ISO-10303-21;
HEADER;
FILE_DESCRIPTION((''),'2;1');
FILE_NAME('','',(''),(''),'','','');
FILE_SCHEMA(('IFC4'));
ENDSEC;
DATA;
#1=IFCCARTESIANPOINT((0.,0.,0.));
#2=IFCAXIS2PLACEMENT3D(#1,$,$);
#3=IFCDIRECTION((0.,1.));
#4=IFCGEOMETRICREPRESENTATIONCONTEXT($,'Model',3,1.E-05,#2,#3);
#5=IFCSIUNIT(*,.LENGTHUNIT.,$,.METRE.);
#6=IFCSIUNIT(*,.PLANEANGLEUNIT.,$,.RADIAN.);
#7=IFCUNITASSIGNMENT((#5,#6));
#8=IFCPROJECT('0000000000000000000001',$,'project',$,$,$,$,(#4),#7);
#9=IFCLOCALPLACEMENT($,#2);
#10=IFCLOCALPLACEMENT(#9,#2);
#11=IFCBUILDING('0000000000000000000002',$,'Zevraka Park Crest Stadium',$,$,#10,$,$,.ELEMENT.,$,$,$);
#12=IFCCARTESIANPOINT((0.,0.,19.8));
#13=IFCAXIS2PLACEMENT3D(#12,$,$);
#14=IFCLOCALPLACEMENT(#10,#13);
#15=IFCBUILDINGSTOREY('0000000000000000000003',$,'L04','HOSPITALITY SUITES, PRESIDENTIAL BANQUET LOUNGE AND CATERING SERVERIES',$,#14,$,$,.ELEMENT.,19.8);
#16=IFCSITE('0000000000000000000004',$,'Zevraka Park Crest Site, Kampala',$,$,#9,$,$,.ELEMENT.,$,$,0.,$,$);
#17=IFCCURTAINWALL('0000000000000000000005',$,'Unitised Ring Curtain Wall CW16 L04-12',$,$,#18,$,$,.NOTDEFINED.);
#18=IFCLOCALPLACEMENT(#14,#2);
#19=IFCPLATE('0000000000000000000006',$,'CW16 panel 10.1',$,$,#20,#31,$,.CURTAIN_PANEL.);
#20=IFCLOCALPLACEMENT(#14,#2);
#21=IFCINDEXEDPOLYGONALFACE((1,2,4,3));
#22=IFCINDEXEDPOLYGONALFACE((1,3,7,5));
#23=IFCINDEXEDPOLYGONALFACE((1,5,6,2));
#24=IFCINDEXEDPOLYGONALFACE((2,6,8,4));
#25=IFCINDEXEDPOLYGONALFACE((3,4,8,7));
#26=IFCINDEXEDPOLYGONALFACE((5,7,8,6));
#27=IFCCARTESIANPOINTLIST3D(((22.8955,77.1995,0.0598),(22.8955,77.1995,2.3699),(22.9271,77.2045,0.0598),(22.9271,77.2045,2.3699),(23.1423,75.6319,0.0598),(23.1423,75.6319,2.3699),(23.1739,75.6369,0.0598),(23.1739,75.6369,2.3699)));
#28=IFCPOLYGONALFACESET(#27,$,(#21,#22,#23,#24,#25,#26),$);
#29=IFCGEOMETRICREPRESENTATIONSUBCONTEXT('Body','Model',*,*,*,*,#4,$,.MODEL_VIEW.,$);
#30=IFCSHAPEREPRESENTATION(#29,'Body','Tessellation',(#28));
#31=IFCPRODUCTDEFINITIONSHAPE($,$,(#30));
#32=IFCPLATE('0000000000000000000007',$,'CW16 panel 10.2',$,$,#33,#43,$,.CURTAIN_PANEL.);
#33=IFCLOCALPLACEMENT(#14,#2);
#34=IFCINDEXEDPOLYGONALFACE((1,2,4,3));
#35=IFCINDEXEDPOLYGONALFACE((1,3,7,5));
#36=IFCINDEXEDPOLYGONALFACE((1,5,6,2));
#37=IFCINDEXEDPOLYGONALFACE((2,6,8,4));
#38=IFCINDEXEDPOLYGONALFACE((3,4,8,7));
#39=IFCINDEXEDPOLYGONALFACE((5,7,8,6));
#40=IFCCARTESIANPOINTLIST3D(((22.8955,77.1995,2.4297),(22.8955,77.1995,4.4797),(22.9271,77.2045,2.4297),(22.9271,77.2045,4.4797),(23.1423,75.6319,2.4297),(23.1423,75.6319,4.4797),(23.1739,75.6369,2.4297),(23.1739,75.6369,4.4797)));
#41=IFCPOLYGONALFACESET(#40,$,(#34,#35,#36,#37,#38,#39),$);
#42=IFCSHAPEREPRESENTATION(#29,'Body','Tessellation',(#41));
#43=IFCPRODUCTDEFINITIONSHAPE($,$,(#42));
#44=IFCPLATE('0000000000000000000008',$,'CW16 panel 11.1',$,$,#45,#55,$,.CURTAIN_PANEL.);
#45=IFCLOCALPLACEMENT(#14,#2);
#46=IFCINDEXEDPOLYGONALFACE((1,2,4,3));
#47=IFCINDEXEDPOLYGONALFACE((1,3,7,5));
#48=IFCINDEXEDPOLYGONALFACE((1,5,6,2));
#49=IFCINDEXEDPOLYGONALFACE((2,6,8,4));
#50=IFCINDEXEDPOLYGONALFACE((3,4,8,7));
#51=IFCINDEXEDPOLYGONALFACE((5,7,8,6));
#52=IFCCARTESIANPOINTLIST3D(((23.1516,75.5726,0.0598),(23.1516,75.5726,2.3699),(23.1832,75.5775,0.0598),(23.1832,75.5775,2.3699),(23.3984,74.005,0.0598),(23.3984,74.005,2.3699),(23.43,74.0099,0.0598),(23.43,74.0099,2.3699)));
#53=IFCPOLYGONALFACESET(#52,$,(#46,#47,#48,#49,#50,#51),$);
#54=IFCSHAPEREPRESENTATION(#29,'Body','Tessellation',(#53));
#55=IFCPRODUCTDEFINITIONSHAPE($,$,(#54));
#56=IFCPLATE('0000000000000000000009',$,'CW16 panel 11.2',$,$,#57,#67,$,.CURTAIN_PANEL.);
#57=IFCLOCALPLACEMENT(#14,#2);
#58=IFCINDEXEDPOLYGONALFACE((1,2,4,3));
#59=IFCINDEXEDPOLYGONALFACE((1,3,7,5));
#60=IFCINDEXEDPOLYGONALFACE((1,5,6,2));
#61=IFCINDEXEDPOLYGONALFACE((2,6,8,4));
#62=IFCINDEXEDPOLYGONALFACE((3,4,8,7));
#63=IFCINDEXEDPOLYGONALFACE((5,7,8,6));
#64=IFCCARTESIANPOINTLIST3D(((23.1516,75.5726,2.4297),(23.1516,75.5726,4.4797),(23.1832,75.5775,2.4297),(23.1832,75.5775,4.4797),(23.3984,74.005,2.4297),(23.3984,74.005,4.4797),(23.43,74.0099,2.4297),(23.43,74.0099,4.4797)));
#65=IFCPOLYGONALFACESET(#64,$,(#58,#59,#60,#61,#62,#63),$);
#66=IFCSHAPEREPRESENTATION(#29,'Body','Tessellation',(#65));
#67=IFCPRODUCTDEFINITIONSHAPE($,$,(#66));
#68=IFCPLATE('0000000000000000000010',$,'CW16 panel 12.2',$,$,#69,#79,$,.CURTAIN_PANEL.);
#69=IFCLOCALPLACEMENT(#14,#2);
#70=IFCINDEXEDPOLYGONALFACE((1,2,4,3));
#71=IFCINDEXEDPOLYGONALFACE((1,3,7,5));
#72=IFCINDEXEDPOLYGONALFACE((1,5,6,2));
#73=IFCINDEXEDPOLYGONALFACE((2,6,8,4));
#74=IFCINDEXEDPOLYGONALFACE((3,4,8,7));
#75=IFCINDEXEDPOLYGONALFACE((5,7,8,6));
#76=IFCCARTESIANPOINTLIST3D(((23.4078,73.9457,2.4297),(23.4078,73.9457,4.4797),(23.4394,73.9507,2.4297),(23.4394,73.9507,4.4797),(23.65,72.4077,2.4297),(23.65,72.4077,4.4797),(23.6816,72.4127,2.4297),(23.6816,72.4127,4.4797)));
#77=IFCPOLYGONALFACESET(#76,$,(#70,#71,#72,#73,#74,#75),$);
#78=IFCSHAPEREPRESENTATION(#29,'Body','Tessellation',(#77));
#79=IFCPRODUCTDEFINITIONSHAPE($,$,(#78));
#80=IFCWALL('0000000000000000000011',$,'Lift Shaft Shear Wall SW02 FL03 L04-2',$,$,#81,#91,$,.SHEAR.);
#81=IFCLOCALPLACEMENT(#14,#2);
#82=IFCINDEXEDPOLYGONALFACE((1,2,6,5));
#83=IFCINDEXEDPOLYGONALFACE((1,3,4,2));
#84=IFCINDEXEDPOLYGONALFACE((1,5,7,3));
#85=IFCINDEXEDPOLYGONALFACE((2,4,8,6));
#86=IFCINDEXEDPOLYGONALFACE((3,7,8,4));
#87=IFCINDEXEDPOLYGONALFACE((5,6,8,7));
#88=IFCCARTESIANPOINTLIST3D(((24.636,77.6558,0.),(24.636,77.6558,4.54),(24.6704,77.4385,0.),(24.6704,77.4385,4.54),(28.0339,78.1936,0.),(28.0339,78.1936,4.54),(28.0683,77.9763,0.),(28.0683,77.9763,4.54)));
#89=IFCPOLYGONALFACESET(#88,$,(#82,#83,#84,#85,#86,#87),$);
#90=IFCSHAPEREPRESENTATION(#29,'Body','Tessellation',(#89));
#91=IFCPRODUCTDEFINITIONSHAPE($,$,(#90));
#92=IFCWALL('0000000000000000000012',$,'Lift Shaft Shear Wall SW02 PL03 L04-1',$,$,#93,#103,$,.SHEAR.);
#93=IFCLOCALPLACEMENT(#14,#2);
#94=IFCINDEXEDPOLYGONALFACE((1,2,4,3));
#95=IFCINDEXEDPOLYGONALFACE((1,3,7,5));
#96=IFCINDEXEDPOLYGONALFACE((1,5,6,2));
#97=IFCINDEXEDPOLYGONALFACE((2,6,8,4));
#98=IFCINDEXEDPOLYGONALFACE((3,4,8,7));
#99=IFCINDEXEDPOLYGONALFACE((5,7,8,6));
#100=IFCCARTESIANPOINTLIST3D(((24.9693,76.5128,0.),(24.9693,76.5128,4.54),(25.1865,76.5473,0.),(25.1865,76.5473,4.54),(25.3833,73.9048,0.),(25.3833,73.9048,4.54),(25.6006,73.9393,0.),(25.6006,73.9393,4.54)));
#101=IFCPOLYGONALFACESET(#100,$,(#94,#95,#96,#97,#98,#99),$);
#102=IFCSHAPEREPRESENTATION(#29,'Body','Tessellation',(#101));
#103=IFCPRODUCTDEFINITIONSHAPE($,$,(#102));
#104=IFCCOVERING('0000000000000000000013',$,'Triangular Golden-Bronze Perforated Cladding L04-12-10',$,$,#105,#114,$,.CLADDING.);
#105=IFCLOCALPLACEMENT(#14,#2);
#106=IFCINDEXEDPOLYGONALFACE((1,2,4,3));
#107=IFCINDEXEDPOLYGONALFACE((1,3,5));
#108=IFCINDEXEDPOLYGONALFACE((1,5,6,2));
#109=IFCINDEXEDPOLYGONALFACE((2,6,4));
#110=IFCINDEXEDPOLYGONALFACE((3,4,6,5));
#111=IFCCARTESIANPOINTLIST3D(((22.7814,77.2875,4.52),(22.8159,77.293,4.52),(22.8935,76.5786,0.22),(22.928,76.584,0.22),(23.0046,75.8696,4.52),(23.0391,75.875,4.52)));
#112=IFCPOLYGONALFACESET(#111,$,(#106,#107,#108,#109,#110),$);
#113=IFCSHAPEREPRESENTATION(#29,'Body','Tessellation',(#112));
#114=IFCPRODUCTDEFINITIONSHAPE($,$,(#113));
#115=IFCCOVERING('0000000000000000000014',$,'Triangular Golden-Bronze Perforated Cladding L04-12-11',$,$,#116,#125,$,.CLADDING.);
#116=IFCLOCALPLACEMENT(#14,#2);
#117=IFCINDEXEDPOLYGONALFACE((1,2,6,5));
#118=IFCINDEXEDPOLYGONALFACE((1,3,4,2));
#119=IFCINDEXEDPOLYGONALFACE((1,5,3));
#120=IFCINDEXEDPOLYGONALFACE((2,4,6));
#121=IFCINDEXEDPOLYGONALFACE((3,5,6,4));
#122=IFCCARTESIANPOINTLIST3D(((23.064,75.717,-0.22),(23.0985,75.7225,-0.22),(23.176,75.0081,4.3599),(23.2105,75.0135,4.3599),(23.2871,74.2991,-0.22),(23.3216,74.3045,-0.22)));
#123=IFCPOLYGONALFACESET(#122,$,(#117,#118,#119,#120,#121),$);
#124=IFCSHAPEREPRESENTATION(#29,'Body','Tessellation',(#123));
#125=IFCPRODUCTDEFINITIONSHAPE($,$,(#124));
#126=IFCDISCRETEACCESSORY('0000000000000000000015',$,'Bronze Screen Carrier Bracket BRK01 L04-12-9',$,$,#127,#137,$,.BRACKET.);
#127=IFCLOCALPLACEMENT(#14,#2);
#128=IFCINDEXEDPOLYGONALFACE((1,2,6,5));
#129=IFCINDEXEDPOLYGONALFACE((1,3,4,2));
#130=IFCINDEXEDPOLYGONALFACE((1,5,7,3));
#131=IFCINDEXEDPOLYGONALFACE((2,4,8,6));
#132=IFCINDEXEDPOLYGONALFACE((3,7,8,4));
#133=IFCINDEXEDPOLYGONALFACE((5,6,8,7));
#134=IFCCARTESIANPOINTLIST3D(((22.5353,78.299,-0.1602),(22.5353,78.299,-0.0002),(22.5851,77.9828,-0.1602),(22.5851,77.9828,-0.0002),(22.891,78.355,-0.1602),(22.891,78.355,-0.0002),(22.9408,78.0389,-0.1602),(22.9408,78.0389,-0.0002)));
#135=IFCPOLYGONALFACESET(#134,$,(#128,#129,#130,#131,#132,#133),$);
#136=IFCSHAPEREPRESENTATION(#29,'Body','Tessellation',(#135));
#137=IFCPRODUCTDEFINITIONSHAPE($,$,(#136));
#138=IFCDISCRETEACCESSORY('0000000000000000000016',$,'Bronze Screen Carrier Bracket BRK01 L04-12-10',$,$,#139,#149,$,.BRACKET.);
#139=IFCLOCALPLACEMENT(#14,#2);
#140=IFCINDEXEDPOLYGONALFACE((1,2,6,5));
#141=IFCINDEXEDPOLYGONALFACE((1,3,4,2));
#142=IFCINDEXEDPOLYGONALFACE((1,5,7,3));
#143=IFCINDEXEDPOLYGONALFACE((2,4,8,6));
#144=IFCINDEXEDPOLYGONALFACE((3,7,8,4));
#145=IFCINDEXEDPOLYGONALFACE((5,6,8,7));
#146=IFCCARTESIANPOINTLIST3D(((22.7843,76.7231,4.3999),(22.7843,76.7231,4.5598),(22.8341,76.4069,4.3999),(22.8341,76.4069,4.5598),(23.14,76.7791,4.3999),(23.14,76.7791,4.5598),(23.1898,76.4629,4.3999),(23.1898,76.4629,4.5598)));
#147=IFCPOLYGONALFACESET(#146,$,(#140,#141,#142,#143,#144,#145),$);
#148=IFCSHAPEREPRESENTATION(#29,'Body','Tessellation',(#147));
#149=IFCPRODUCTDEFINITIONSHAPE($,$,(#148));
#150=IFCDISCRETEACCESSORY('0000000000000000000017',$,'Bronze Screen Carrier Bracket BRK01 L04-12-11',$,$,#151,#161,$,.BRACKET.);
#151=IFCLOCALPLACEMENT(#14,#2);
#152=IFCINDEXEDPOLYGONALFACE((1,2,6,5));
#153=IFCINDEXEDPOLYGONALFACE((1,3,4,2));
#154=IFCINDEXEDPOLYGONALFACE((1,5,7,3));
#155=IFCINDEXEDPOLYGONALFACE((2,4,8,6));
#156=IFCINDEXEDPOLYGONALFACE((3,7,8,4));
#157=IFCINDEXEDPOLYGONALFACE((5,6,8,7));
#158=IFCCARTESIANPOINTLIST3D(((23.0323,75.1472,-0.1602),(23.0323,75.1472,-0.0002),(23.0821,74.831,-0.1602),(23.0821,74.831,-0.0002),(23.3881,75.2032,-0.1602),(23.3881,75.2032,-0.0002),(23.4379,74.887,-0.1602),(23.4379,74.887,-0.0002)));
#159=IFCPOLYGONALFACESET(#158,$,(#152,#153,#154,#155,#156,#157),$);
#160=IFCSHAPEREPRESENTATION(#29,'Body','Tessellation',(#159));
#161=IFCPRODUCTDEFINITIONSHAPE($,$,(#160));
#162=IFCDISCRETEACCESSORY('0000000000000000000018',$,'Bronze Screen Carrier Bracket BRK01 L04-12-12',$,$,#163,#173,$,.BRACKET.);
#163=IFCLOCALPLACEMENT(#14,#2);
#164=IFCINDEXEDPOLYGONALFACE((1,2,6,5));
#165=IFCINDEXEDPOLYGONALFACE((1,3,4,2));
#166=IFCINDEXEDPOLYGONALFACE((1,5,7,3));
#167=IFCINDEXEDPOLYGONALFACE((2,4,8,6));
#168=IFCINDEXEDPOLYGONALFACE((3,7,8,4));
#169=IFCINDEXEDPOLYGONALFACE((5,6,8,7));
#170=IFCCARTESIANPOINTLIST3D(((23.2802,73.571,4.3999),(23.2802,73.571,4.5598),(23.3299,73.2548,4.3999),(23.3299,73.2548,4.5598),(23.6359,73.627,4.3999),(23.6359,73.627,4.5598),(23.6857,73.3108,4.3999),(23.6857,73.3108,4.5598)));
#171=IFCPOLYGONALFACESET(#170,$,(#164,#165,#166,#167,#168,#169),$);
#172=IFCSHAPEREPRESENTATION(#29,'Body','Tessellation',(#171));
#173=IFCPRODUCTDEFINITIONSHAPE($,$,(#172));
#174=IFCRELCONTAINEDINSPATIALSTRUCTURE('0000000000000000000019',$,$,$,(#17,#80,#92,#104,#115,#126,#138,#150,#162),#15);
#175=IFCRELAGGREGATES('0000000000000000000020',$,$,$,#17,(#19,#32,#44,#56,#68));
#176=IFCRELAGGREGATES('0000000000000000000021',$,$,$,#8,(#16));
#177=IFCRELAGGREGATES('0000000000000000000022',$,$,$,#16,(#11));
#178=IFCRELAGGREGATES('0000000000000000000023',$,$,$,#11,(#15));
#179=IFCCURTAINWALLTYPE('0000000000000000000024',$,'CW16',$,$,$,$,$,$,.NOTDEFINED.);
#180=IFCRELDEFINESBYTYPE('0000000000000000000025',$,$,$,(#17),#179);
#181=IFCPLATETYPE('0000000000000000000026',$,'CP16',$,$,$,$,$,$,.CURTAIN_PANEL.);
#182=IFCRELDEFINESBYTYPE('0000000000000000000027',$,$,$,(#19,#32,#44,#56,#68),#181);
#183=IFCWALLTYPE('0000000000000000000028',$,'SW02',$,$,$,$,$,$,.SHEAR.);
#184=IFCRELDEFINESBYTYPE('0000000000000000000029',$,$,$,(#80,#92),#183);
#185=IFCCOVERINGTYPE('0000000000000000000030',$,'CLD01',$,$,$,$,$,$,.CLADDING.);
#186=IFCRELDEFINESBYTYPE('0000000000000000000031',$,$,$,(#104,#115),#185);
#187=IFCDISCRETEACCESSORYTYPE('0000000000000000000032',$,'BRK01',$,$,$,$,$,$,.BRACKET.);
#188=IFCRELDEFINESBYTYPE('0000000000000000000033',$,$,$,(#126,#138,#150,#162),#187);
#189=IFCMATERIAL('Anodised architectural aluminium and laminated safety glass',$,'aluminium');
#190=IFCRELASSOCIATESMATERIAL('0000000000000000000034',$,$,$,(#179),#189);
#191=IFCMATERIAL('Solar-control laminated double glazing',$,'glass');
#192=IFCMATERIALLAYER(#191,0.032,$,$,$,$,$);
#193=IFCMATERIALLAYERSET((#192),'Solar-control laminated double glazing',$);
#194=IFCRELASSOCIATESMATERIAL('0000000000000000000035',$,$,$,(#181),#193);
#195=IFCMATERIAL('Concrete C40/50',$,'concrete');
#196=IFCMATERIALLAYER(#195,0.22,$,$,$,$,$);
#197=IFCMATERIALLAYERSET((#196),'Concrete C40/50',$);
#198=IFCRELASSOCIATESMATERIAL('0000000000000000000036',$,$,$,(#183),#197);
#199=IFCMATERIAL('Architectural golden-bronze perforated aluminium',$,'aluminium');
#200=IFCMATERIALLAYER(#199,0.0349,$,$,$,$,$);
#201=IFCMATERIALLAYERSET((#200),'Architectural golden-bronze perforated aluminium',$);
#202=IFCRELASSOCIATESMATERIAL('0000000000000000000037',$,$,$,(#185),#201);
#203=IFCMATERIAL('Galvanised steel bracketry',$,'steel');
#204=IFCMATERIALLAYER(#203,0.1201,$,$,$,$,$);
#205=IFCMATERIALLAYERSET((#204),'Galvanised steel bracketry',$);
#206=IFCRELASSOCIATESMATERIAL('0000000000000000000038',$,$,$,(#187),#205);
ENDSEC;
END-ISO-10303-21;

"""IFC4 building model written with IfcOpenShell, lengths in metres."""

from ifc_helpers import new_model, si_unit, direction, frame, frame_2d, origin, origin_2d, place, context, subcontext, project, spatial, polyline, rectangle, outline, extrude, material, layer, layer_set, type_object, element, aggregate, save


model = new_model("IFC4")

# Units and contexts
model_context = context("Model", 3, precision=1e-05, world=origin(), true_north=direction((0.0, 1.0)))
body_context = subcontext(model_context, "Body", "Model", "MODEL_VIEW")
ifc_project = project(units=[si_unit("LENGTHUNIT", "METRE"), si_unit("PLANEANGLEUNIT", "RADIAN")], contexts=[model_context])

# Site, building, storey
site_placement = place(None, origin())
site = spatial("IfcSite", under=ifc_project, at=site_placement, Name="Zevraka Park Crest Site, Kampala", CompositionType="ELEMENT", RefElevation=0.0)
building_placement = place(site_placement, origin())
building = spatial("IfcBuilding", under=site, at=building_placement, Name="Zevraka Park Crest Stadium", CompositionType="ELEMENT")
storey_placement = place(building_placement, frame((0.0, 0.0, 19.8)))
storey = spatial("IfcBuildingStorey", under=building, at=storey_placement, Name="L04", Description="HOSPITALITY SUITES, PRESIDENTIAL BANQUET LOUNGE AND CATERING SERVERIES", CompositionType="ELEMENT", Elevation=19.8)

# Curtain wall, plates
ifc_material_1 = material(Name="Anodised architectural aluminium and laminated safety glass", Category="aluminium")
curtain_wall_type = type_object("IfcCurtainWallType", Name="CW16", PredefinedType="NOTDEFINED", material=ifc_material_1)
curtain_wall_placement = place(storey_placement, origin())
curtain_wall = element("IfcCurtainWall", 1, at=curtain_wall_placement, inside=storey, type_object=curtain_wall_type, Name="Unitised Ring Curtain Wall CW16 L04-12", PredefinedType="NOTDEFINED")
ifc_material_2 = material(Name="Solar-control laminated double glazing", Category="glass")
ifc_layer_1 = layer(ifc_material_2, 0.032)
ifc_layer_set_1 = layer_set([ifc_layer_1], Name="Solar-control laminated double glazing")
plate_type = type_object("IfcPlateType", Name="CP16", PredefinedType="CURTAIN_PANEL", material=ifc_layer_set_1)
plate_1_placement = place(storey_placement, frame((23.0347, 76.4182, 0.0598), z_axis=(0.0, 0.0, 1.0), x_axis=(0.155539, -0.98783, 0.0)))
plate_1 = element("IfcPlate", 2, at=plate_1_placement, type_object=plate_type, Name="CW16 panel 10.1", PredefinedType="CURTAIN_PANEL", context=body_context, shape_type="SweptSolid", body=[
    extrude(rectangle(XDim=1.5869, YDim=0.032, at=origin_2d()), origin(), (0.0, 0.0, 1.0), 2.3101),
])
plate_2_placement = place(storey_placement, frame((23.0347, 76.4182, 2.4297), z_axis=(0.0, 0.0, 1.0), x_axis=(0.155539, -0.98783, 0.0)))
plate_2 = element("IfcPlate", 3, at=plate_2_placement, type_object=plate_type, Name="CW16 panel 10.2", PredefinedType="CURTAIN_PANEL", context=body_context, shape_type="SweptSolid", body=[
    extrude(rectangle(XDim=1.5869, YDim=0.032, at=origin_2d()), origin(), (0.0, 0.0, 1.0), 2.05),
])
plate_3_placement = place(storey_placement, frame((23.2908, 74.7913, 0.0598), z_axis=(0.0, 0.0, 1.0), x_axis=(0.155539, -0.98783, 0.0)))
plate_3 = element("IfcPlate", 4, at=plate_3_placement, type_object=plate_type, Name="CW16 panel 11.1", PredefinedType="CURTAIN_PANEL", context=body_context, shape_type="SweptSolid", body=[
    extrude(rectangle(XDim=1.5869, YDim=0.032, at=origin_2d()), origin(), (0.0, 0.0, 1.0), 2.3101),
])
plate_4_placement = place(storey_placement, frame((23.2908, 74.7913, 2.4297), z_axis=(0.0, 0.0, 1.0), x_axis=(0.155539, -0.98783, 0.0)))
plate_4 = element("IfcPlate", 5, at=plate_4_placement, type_object=plate_type, Name="CW16 panel 11.2", PredefinedType="CURTAIN_PANEL", context=body_context, shape_type="SweptSolid", body=[
    extrude(rectangle(XDim=1.5869, YDim=0.032, at=origin_2d()), origin(), (0.0, 0.0, 1.0), 2.05),
])
plate_5_placement = place(storey_placement, frame((23.5447, 73.1792, 2.4297), z_axis=(0.0, 0.0, 1.0), x_axis=(0.155539, -0.98783, 0.0)))
plate_5 = element("IfcPlate", 6, at=plate_5_placement, type_object=plate_type, Name="CW16 panel 12.2", PredefinedType="CURTAIN_PANEL", context=body_context, shape_type="SweptSolid", body=[
    extrude(rectangle(XDim=1.5569, YDim=0.032, at=origin_2d()), origin(), (0.0, 0.0, 1.0), 2.05),
])
aggregate(curtain_wall, [plate_1, plate_2, plate_3, plate_4, plate_5])

# Walls
ifc_material_3 = material(Name="Concrete C40/50", Category="concrete")
ifc_layer_2 = layer(ifc_material_3, 0.22)
ifc_layer_set_2 = layer_set([ifc_layer_2], Name="Concrete C40/50")
wall_type = type_object("IfcWallType", Name="SW02", PredefinedType="SHEAR", material=ifc_layer_set_2)
wall_1_placement = place(storey_placement, frame((24.6531, 77.5471, 0.0), z_axis=(0.0, 0.0, 1.0), x_axis=(0.987704, 0.156338, 0.0)))
element("IfcWall", 7, at=wall_1_placement, inside=storey, type_object=wall_type, Name="Lift Shaft Shear Wall SW02 FL03 L04-2", PredefinedType="SHEAR", context=body_context, shape_type="SweptSolid", body=[
    extrude(rectangle(XDim=3.4402, YDim=0.22, at=frame_2d((1.7202, 0.0))), origin(), (0.0, 0.0, 1.0), 4.54),
])
wall_2_placement = place(storey_placement, frame((25.0779, 76.53, 0.0), z_axis=(0.0, 0.0, 1.0), x_axis=(0.156808, -0.987629, 0.0)))
element("IfcWall", 8, at=wall_2_placement, inside=storey, type_object=wall_type, Name="Lift Shaft Shear Wall SW02 PL03 L04-1", PredefinedType="SHEAR", context=body_context, shape_type="SweptSolid", body=[
    extrude(rectangle(XDim=2.6406, YDim=0.22, at=frame_2d((1.3203, 0.0))), origin(), (0.0, 0.0, 1.0), 4.54),
])

# Coverings
ifc_material_4 = material(Name="Architectural golden-bronze perforated aluminium", Category="aluminium")
ifc_layer_3 = layer(ifc_material_4, 0.0349)
ifc_layer_set_3 = layer_set([ifc_layer_3], Name="Architectural golden-bronze perforated aluminium")
covering_type = type_object("IfcCoveringType", Name="CLD01", PredefinedType="CLADDING", material=ifc_layer_set_3)
covering_1_placement = place(storey_placement, frame((23.0391, 75.875, 4.52), z_axis=(0.987843, 0.155456, 0.000112), x_axis=(-0.155456, 0.987843, 0.0)))
element("IfcCovering", 9, at=covering_1_placement, inside=storey, type_object=covering_type, Name="Triangular Golden-Bronze Perforated Cladding L04-12-10", PredefinedType="CLADDING", context=body_context, shape_type="SweptSolid", body=[
    extrude(outline(polyline([(0.0, 0.0), (1.4354, 0.0), (0.7176, -4.3), (0.0, 0.0)])), origin(), (0.0, 0.0, -1.0), 0.0349),
])
covering_2_placement = place(storey_placement, frame((23.064, 75.717, -0.22), z_axis=(-0.987843, -0.155456, 0.000105), x_axis=(0.155456, -0.987843, 0.0)))
element("IfcCovering", 10, at=covering_2_placement, inside=storey, type_object=covering_type, Name="Triangular Golden-Bronze Perforated Cladding L04-12-11", PredefinedType="CLADDING", context=body_context, shape_type="SweptSolid", body=[
    extrude(outline(polyline([(0.0, 0.0), (1.4354, 0.0), (0.7178, 4.5798), (0.0, 0.0)])), origin(), (0.0, 0.0, -1.0), 0.0349),
])

# Discrete accessories
ifc_material_5 = material(Name="Galvanised steel bracketry", Category="steel")
ifc_layer_4 = layer(ifc_material_5, 0.1201)
ifc_layer_set_4 = layer_set([ifc_layer_4], Name="Galvanised steel bracketry")
discrete_accessory_type = type_object("IfcDiscreteAccessoryType", Name="BRK01", PredefinedType="BRACKET", material=ifc_layer_set_4)
for number, where, z_axis, x_axis, name in (
    (11, (22.738, 78.1689, -0.1602), (0.0, 0.0, 1.0), (0.155572, -0.987824, 0.0), "Bronze Screen Carrier Bracket BRK01 L04-12-9"),
    (12, (22.9871, 76.593, 4.3999), (0.0, 0.0, 1.0), (0.155572, -0.987824, 0.0), "Bronze Screen Carrier Bracket BRK01 L04-12-10"),
    (13, (23.2351, 75.0171, -0.1602), (0.0, 0.0, 1.0), (0.155572, -0.987824, 0.0), "Bronze Screen Carrier Bracket BRK01 L04-12-11"),
    (14, (23.4829, 73.4409, 4.3999), (0.0, 0.0, 1.0), (0.155572, -0.987824, 0.0), "Bronze Screen Carrier Bracket BRK01 L04-12-12"),
):
    element("IfcDiscreteAccessory", number, at=place(storey_placement, frame(where, z_axis=z_axis, x_axis=x_axis)), inside=storey, type_object=discrete_accessory_type, Name=name, PredefinedType="BRACKET", context=body_context, shape_type="SweptSolid", body=[
        extrude(rectangle(XDim=0.3201, YDim=0.3601, at=origin_2d()), origin(), (0.0, 0.0, 1.0), 0.1599),
    ])

save(model, "model.ifc")
